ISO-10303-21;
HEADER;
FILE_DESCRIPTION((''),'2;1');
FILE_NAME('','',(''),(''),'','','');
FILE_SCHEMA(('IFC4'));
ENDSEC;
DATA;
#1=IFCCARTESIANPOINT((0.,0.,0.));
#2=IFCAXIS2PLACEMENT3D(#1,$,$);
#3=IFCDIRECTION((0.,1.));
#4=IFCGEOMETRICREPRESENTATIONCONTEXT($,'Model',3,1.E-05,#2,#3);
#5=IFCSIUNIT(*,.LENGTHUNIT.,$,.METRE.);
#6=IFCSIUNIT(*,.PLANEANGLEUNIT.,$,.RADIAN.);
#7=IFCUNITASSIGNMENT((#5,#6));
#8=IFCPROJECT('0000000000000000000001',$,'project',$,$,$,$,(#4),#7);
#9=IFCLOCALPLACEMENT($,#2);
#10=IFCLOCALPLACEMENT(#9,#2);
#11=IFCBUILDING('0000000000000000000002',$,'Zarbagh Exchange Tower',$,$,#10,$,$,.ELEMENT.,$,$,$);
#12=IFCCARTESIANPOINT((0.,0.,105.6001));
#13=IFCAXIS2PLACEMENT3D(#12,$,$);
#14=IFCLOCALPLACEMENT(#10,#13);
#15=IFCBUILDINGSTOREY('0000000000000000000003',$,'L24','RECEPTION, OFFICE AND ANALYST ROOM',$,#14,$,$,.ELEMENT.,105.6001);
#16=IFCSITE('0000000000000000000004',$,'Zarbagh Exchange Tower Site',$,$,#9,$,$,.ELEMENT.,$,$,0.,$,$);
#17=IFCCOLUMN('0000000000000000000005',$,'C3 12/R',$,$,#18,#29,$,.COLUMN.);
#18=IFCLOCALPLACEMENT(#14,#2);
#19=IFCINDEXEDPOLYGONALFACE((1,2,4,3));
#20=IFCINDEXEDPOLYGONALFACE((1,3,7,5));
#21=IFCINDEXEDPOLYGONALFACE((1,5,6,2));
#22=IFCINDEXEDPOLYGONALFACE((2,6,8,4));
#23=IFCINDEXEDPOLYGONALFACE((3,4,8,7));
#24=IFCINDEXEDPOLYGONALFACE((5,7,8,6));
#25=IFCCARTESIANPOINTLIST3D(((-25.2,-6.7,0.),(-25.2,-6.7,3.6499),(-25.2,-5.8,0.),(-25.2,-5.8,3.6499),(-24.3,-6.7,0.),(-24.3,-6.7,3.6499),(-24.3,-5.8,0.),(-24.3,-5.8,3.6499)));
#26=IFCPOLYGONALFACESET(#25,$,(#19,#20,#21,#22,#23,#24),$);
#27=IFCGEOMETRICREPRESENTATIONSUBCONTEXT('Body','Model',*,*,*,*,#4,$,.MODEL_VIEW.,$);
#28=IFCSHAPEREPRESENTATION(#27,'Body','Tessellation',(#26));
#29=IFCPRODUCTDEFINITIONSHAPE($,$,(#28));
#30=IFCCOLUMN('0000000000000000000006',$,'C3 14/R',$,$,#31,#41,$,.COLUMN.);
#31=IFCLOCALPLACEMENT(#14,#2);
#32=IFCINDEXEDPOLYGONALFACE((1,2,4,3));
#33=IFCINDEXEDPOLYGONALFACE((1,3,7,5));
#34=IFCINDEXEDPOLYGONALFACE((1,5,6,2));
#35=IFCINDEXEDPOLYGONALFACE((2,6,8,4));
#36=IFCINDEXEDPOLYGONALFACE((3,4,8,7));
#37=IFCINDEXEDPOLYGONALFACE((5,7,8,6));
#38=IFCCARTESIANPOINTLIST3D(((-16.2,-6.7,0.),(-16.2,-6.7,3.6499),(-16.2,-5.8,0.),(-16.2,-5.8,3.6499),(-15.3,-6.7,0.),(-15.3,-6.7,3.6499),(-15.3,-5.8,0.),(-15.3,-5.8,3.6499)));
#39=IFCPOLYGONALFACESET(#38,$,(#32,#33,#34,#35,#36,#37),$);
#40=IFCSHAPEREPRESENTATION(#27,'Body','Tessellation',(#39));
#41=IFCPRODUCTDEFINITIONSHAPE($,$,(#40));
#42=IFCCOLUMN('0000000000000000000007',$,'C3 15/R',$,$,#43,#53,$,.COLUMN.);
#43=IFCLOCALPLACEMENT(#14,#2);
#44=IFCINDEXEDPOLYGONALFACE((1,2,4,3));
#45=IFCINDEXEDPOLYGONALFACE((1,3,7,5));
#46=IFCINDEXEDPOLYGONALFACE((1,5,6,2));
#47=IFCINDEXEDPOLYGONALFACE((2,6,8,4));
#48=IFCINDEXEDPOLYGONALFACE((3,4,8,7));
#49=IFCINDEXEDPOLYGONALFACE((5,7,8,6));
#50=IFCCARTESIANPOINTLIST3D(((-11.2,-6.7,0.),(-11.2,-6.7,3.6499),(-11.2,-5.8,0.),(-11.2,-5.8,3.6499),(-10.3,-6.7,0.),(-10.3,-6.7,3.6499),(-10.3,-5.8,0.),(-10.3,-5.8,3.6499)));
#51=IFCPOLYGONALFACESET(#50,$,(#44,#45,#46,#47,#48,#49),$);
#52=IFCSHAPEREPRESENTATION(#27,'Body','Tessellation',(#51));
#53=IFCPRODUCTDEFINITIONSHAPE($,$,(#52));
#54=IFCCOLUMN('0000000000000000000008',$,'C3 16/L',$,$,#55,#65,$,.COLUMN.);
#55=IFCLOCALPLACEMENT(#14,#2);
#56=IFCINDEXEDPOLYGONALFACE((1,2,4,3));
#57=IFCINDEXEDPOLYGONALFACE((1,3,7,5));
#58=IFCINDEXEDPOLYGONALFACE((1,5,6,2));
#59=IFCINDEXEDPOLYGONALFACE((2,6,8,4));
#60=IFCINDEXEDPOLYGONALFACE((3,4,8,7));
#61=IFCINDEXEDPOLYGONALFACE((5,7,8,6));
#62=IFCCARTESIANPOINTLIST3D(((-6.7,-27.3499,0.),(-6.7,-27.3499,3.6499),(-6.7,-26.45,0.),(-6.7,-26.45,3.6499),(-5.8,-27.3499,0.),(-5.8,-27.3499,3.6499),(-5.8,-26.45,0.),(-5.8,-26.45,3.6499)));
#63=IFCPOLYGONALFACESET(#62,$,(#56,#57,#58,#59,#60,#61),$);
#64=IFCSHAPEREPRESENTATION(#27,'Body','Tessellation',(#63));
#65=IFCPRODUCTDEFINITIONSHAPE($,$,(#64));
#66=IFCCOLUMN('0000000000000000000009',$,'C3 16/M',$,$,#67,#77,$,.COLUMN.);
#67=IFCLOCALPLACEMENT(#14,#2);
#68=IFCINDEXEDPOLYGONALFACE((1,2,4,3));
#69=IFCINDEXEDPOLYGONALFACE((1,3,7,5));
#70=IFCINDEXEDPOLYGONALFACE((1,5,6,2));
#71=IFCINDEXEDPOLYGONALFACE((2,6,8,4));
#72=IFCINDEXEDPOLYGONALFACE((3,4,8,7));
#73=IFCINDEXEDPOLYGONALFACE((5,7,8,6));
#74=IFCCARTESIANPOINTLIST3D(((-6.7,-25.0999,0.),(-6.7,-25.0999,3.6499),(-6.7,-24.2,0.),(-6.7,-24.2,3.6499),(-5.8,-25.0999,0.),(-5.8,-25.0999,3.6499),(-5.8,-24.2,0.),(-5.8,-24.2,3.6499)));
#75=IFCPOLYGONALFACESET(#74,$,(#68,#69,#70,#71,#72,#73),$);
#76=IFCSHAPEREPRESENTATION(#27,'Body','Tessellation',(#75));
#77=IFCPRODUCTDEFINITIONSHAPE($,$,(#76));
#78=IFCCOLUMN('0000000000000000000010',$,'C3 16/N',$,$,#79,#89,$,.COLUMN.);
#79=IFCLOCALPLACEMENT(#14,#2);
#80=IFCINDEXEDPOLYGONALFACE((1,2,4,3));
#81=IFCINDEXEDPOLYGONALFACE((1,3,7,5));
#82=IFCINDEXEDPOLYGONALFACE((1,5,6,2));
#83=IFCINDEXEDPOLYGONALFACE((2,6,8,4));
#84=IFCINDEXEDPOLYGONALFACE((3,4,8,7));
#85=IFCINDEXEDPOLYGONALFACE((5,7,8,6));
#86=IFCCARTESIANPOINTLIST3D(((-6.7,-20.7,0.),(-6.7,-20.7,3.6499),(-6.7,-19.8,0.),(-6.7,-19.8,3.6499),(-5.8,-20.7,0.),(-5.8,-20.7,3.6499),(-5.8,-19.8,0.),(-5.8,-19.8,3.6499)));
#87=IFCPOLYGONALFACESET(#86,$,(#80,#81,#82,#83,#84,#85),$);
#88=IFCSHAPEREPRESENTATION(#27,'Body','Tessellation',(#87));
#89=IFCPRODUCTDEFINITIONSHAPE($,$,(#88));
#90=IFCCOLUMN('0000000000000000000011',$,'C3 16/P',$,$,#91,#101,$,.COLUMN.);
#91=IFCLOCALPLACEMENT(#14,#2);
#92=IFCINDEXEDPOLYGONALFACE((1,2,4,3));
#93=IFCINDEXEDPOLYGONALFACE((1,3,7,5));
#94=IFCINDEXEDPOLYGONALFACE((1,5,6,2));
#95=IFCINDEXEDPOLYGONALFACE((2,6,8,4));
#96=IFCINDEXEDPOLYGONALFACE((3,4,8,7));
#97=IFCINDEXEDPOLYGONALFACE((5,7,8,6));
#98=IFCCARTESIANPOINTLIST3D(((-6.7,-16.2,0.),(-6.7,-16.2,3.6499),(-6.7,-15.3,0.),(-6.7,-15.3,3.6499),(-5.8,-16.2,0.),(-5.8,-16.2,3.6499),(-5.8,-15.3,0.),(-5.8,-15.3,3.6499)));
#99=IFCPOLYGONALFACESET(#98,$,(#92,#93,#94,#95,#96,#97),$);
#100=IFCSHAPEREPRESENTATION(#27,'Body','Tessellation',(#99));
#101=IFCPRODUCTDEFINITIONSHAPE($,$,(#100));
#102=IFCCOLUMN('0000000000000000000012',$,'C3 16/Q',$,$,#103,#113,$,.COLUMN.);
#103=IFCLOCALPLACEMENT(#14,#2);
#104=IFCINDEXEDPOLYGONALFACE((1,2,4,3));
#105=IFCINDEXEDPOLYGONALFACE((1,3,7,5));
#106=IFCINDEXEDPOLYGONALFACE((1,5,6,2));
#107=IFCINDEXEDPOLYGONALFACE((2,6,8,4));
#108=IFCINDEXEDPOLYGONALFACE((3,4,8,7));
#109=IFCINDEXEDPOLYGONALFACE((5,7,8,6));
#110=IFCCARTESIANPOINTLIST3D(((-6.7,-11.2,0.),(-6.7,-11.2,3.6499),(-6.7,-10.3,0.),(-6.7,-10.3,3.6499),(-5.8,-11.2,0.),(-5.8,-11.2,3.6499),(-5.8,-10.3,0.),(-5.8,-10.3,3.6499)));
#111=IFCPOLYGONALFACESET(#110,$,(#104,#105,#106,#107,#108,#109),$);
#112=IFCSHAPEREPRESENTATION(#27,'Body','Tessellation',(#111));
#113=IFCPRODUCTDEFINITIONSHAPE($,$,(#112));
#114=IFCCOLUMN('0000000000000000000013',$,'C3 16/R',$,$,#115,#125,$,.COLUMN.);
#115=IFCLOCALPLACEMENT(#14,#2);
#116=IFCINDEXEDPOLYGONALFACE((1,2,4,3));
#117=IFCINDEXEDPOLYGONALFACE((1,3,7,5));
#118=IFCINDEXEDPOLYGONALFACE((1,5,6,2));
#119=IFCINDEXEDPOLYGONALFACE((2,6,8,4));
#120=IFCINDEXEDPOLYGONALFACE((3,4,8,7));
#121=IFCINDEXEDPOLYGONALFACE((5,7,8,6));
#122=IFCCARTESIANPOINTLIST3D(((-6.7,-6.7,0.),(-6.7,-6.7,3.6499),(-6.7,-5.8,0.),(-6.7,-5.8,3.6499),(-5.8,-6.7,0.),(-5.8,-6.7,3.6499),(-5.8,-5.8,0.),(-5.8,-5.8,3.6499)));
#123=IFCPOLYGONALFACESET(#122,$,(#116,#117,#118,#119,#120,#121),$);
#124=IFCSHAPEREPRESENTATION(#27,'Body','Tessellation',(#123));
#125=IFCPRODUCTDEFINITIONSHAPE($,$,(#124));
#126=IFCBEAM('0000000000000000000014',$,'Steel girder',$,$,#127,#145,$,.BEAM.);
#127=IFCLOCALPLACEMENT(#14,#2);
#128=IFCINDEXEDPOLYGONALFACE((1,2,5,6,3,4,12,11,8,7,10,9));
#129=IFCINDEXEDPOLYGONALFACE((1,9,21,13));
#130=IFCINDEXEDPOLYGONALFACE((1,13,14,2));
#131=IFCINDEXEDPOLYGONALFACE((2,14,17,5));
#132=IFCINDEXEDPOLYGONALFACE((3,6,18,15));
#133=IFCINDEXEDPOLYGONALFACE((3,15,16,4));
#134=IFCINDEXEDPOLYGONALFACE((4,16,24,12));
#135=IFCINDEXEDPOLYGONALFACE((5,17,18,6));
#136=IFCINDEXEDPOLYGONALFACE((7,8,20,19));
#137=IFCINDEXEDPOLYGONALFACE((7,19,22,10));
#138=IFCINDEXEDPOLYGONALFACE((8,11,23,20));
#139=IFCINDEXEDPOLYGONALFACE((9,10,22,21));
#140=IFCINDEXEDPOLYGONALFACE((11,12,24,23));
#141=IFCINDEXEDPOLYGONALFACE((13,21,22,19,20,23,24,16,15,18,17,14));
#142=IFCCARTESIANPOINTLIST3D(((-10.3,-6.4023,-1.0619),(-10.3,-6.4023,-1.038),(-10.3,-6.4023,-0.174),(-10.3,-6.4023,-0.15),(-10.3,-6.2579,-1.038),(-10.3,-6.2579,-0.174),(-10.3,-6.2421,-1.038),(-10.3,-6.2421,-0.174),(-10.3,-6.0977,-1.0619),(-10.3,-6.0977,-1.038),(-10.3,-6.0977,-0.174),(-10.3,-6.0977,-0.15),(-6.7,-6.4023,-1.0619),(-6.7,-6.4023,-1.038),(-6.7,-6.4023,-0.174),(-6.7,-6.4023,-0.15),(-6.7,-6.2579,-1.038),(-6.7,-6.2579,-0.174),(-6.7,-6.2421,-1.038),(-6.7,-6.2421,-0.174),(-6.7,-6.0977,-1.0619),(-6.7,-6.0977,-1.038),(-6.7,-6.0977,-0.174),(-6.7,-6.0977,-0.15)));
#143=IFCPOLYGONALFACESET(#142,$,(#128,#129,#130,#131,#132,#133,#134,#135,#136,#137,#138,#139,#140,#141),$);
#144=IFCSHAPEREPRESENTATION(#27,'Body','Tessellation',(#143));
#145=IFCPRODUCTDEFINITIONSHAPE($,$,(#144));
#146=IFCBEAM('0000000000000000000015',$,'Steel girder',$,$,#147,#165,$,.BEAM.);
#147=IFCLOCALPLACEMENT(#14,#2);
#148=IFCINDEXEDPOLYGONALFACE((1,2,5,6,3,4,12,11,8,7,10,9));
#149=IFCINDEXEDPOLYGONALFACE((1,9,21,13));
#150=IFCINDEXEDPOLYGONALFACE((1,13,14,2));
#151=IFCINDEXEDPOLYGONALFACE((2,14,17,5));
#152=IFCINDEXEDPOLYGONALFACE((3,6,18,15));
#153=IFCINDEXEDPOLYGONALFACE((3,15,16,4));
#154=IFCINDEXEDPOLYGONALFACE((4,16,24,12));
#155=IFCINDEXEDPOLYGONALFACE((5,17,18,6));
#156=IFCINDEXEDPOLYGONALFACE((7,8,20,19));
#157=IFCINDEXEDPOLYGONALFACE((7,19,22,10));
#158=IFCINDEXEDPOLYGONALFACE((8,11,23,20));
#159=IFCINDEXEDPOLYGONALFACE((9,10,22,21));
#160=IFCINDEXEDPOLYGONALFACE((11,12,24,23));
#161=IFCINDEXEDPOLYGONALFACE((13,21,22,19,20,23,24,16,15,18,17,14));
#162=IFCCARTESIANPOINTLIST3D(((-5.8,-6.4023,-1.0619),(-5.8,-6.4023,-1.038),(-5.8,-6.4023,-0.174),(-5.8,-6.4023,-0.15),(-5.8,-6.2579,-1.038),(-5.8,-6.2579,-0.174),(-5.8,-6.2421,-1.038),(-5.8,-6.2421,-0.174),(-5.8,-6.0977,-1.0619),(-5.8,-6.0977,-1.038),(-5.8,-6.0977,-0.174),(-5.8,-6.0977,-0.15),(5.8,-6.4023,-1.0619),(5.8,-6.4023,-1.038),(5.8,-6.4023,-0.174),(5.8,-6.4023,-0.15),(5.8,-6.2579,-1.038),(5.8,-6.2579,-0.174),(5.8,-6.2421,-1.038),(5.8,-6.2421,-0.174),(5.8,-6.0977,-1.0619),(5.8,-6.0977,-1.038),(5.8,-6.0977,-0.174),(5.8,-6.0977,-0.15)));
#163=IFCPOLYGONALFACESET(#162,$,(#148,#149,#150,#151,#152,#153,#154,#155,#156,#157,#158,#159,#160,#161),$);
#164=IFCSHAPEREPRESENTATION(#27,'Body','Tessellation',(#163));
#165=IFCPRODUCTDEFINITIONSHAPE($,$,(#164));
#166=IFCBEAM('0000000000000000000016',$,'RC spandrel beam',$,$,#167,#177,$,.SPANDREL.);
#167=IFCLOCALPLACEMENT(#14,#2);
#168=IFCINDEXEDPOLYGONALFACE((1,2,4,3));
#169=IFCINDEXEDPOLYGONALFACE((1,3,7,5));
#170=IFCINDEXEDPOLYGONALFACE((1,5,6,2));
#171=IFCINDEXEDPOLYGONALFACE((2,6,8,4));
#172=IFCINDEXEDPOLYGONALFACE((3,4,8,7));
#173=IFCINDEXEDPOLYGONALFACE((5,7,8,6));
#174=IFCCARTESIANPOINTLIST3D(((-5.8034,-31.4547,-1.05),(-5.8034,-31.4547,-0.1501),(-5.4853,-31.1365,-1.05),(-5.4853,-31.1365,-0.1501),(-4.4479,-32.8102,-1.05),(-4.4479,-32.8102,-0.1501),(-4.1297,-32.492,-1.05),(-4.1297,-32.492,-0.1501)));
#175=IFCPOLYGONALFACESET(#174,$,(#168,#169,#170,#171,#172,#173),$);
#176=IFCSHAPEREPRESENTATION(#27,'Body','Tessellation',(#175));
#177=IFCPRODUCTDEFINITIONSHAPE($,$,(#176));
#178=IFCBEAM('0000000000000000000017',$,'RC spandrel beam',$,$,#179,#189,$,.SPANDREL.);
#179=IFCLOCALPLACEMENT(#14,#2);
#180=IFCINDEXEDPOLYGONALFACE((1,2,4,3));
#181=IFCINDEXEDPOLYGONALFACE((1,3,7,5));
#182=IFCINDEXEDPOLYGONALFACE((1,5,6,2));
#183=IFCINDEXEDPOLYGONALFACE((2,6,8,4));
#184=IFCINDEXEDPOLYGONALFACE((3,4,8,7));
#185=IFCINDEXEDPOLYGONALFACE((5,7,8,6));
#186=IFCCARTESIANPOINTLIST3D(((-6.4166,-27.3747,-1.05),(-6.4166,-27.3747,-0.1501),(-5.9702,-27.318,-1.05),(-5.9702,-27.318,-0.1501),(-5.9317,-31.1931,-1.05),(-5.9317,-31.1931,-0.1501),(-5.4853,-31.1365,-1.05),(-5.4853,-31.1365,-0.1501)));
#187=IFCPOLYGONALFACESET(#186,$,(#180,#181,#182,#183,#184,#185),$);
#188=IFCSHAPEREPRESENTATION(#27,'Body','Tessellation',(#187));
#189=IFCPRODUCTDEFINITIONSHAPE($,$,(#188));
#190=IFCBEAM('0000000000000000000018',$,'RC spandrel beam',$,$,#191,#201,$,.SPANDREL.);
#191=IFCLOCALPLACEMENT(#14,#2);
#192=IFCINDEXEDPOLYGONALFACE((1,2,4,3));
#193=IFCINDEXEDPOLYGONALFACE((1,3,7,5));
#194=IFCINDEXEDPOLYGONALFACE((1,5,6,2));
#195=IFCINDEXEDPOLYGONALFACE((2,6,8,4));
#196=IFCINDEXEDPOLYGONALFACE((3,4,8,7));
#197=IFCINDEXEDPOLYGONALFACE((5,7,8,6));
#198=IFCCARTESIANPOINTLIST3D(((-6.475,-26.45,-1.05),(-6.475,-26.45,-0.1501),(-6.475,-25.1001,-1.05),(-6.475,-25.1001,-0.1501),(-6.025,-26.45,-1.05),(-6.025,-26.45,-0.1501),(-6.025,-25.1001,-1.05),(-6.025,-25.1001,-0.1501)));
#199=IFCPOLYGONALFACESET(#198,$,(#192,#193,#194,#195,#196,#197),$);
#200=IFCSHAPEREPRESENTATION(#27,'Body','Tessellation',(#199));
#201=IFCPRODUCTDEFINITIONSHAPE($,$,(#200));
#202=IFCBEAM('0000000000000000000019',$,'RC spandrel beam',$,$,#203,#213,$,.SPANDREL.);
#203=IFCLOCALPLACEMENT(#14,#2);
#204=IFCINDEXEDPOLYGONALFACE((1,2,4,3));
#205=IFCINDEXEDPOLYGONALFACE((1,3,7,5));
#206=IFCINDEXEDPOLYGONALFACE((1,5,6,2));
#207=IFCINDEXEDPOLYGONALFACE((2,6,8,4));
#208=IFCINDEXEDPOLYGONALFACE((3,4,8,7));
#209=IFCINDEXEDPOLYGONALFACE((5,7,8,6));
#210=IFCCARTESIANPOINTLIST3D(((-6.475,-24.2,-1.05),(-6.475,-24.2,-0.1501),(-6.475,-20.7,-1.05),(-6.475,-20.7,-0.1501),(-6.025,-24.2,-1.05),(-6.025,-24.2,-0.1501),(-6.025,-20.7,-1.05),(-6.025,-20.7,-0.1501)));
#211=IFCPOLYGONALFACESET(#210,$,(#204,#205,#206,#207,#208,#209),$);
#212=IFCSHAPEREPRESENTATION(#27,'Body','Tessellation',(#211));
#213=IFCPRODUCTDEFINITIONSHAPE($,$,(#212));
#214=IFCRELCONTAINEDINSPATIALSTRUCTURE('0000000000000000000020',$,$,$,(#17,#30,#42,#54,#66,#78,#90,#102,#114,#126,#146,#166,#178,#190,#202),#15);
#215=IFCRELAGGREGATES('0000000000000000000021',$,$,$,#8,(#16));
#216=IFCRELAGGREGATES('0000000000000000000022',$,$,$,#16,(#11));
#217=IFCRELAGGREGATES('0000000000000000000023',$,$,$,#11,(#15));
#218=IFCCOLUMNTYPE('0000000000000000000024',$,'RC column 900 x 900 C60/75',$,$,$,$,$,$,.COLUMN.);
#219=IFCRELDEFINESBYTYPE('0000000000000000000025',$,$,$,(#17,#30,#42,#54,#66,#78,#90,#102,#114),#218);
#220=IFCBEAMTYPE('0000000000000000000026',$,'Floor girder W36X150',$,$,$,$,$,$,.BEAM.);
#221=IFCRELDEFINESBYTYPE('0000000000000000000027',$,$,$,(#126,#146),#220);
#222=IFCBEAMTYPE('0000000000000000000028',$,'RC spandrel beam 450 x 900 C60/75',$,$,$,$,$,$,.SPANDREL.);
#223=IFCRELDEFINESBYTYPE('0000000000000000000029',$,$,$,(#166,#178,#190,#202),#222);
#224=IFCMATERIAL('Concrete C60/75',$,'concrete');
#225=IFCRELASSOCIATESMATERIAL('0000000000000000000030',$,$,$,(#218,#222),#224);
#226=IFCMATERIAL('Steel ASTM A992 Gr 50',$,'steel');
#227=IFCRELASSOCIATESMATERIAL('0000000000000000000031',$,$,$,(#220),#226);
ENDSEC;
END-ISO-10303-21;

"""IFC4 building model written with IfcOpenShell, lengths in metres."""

from ifc_helpers import new_model, si_unit, direction, frame, origin, origin_2d, place, context, subcontext, project, spatial, rectangle, i_section, extrude, material, material_profile, profile_set, type_object, element, save


model = new_model("IFC4")

# Units and contexts
model_context = context("Model", 3, precision=1e-05, world=origin(), true_north=direction((0.0, 1.0)))
body_context = subcontext(model_context, "Body", "Model", "MODEL_VIEW")
ifc_project = project(units=[si_unit("LENGTHUNIT", "METRE"), si_unit("PLANEANGLEUNIT", "RADIAN")], contexts=[model_context])

# Site, building, storey
site_placement = place(None, origin())
site = spatial("IfcSite", under=ifc_project, at=site_placement, Name="Zarbagh Exchange Tower Site", CompositionType="ELEMENT", RefElevation=0.0)
building_placement = place(site_placement, origin())
building = spatial("IfcBuilding", under=site, at=building_placement, Name="Zarbagh Exchange Tower", CompositionType="ELEMENT")
storey_placement = place(building_placement, frame((0.0, 0.0, 105.6001)))
storey = spatial("IfcBuildingStorey", under=building, at=storey_placement, Name="L24", Description="RECEPTION, OFFICE AND ANALYST ROOM", CompositionType="ELEMENT", Elevation=105.6001)

# Columns
ifc_material_1 = material(Name="Concrete C60/75", Category="concrete")
ifc_material_profile_1 = material_profile(ifc_material_1, rectangle(XDim=0.8999, YDim=0.8999, at=origin_2d()), Name="RC column 900 x 900 C60/75")
ifc_profile_set_1 = profile_set([ifc_material_profile_1], Name="Concrete C60/75")
column_type = type_object("IfcColumnType", Name="RC column 900 x 900 C60/75", PredefinedType="COLUMN", material=ifc_profile_set_1)
for number, where, z_axis, x_axis, name in (
    (1, (-24.75, -6.25, 0.0), (0.0, 0.0, 1.0), (1.0, 0.0, 0.0), "C3 12/R"),
    (2, (-15.75, -6.25, 0.0), (0.0, 0.0, 1.0), (1.0, 0.0, 0.0), "C3 14/R"),
    (3, (-10.75, -6.25, 0.0), (0.0, 0.0, 1.0), (1.0, 0.0, 0.0), "C3 15/R"),
    (4, (-6.25, -26.8999, 0.0), (0.0, 0.0, 1.0), (1.0, 0.0, 0.0), "C3 16/L"),
    (5, (-6.25, -24.6499, 0.0), (0.0, 0.0, 1.0), (1.0, 0.0, 0.0), "C3 16/M"),
    (6, (-6.25, -20.25, 0.0), (0.0, 0.0, 1.0), (1.0, 0.0, 0.0), "C3 16/N"),
    (7, (-6.25, -15.75, 0.0), (0.0, 0.0, 1.0), (1.0, 0.0, 0.0), "C3 16/P"),
    (8, (-6.25, -10.75, 0.0), (0.0, 0.0, 1.0), (1.0, 0.0, 0.0), "C3 16/Q"),
    (9, (-6.25, -6.25, 0.0), (0.0, 0.0, 1.0), (1.0, 0.0, 0.0), "C3 16/R"),
):
    element("IfcColumn", number, at=place(storey_placement, frame(where, z_axis=z_axis, x_axis=x_axis)), inside=storey, type_object=column_type, Name=name, PredefinedType="COLUMN", context=body_context, shape_type="SweptSolid", body=[
        extrude(rectangle(XDim=0.8999, YDim=0.8999, at=origin_2d()), origin(), (0.0, 0.0, 1.0), 3.6499),
    ])

# Beams
ifc_material_2 = material(Name="Steel ASTM A992 Gr 50", Category="steel")
ifc_material_profile_2 = material_profile(ifc_material_2, i_section(OverallWidth=0.3047, OverallDepth=0.9119, WebThickness=0.0159, FlangeThickness=0.0239, at=origin_2d()), Name="W36X150")
ifc_profile_set_2 = profile_set([ifc_material_profile_2], Name="Steel ASTM A992 Gr 50")
beam_type_1 = type_object("IfcBeamType", Name="Floor girder W36X150", PredefinedType="BEAM", material=ifc_profile_set_2)
beam_1_placement = place(storey_placement, frame((-10.3, -6.25, -0.606), z_axis=(1.0, 0.0, 0.0), x_axis=(0.0, 1.0, 0.0)))
element("IfcBeam", 10, at=beam_1_placement, inside=storey, type_object=beam_type_1, Name="Steel girder", PredefinedType="BEAM", context=body_context, shape_type="SweptSolid", body=[
    extrude(i_section(OverallWidth=0.3047, OverallDepth=0.9119, WebThickness=0.0159, FlangeThickness=0.0239, at=origin_2d()), origin(), (0.0, 0.0, 1.0), 3.6001),
])
beam_2_placement = place(storey_placement, frame((-5.8, -6.25, -0.606), z_axis=(1.0, 0.0, 0.0), x_axis=(0.0, 1.0, 0.0)))
element("IfcBeam", 11, at=beam_2_placement, inside=storey, type_object=beam_type_1, Name="Steel girder", PredefinedType="BEAM", context=body_context, shape_type="SweptSolid", body=[
    extrude(i_section(OverallWidth=0.3047, OverallDepth=0.9119, WebThickness=0.0159, FlangeThickness=0.0239, at=origin_2d()), origin(), (0.0, 0.0, 1.0), 11.6001),
])
ifc_material_profile_3 = material_profile(ifc_material_1, rectangle(XDim=0.45, YDim=0.8999, at=origin_2d()), Name="RC spandrel beam 450 x 900 C60/75")
ifc_profile_set_3 = profile_set([ifc_material_profile_3], Name="Concrete C60/75")
beam_type_2 = type_object("IfcBeamType", Name="RC spandrel beam 450 x 900 C60/75", PredefinedType="SPANDREL", material=ifc_profile_set_3)
beam_3_placement = place(storey_placement, frame((-4.2888, -32.6511, -0.6001), z_axis=(-0.707107, 0.707107, 0.0), x_axis=(-0.707107, -0.707107, 0.0)))
element("IfcBeam", 12, at=beam_3_placement, inside=storey, type_object=beam_type_2, Name="RC spandrel beam", PredefinedType="SPANDREL", context=body_context, shape_type="SweptSolid", body=[
    extrude(rectangle(XDim=0.45, YDim=0.8999, at=origin_2d()), origin(), (0.0, 0.0, 1.0), 1.917),
])
beam_4_placement = place(storey_placement, frame((-5.7085, -31.1648, -0.6001), z_axis=(-0.125971, 0.992034, 0.0), x_axis=(-0.992034, -0.125971, 0.0)))
element("IfcBeam", 13, at=beam_4_placement, inside=storey, type_object=beam_type_2, Name="RC spandrel beam", PredefinedType="SPANDREL", context=body_context, shape_type="SweptSolid", body=[
    extrude(rectangle(XDim=0.45, YDim=0.8999, at=origin_2d()), origin(), (0.0, 0.0, 1.0), 3.8491),
])
beam_5_placement = place(storey_placement, frame((-6.25, -26.45, -0.6001), z_axis=(0.0, 1.0, 0.0), x_axis=(-1.0, 0.0, 0.0)))
element("IfcBeam", 14, at=beam_5_placement, inside=storey, type_object=beam_type_2, Name="RC spandrel beam", PredefinedType="SPANDREL", context=body_context, shape_type="SweptSolid", body=[
    extrude(rectangle(XDim=0.45, YDim=0.8999, at=origin_2d()), origin(), (0.0, 0.0, 1.0), 1.3499),
])
beam_6_placement = place(storey_placement, frame((-6.25, -24.2, -0.6001), z_axis=(0.0, 1.0, 0.0), x_axis=(-1.0, 0.0, 0.0)))
element("IfcBeam", 15, at=beam_6_placement, inside=storey, type_object=beam_type_2, Name="RC spandrel beam", PredefinedType="SPANDREL", context=body_context, shape_type="SweptSolid", body=[
    extrude(rectangle(XDim=0.45, YDim=0.8999, at=origin_2d()), origin(), (0.0, 0.0, 1.0), 3.5),
])

save(model, "model.ifc")
